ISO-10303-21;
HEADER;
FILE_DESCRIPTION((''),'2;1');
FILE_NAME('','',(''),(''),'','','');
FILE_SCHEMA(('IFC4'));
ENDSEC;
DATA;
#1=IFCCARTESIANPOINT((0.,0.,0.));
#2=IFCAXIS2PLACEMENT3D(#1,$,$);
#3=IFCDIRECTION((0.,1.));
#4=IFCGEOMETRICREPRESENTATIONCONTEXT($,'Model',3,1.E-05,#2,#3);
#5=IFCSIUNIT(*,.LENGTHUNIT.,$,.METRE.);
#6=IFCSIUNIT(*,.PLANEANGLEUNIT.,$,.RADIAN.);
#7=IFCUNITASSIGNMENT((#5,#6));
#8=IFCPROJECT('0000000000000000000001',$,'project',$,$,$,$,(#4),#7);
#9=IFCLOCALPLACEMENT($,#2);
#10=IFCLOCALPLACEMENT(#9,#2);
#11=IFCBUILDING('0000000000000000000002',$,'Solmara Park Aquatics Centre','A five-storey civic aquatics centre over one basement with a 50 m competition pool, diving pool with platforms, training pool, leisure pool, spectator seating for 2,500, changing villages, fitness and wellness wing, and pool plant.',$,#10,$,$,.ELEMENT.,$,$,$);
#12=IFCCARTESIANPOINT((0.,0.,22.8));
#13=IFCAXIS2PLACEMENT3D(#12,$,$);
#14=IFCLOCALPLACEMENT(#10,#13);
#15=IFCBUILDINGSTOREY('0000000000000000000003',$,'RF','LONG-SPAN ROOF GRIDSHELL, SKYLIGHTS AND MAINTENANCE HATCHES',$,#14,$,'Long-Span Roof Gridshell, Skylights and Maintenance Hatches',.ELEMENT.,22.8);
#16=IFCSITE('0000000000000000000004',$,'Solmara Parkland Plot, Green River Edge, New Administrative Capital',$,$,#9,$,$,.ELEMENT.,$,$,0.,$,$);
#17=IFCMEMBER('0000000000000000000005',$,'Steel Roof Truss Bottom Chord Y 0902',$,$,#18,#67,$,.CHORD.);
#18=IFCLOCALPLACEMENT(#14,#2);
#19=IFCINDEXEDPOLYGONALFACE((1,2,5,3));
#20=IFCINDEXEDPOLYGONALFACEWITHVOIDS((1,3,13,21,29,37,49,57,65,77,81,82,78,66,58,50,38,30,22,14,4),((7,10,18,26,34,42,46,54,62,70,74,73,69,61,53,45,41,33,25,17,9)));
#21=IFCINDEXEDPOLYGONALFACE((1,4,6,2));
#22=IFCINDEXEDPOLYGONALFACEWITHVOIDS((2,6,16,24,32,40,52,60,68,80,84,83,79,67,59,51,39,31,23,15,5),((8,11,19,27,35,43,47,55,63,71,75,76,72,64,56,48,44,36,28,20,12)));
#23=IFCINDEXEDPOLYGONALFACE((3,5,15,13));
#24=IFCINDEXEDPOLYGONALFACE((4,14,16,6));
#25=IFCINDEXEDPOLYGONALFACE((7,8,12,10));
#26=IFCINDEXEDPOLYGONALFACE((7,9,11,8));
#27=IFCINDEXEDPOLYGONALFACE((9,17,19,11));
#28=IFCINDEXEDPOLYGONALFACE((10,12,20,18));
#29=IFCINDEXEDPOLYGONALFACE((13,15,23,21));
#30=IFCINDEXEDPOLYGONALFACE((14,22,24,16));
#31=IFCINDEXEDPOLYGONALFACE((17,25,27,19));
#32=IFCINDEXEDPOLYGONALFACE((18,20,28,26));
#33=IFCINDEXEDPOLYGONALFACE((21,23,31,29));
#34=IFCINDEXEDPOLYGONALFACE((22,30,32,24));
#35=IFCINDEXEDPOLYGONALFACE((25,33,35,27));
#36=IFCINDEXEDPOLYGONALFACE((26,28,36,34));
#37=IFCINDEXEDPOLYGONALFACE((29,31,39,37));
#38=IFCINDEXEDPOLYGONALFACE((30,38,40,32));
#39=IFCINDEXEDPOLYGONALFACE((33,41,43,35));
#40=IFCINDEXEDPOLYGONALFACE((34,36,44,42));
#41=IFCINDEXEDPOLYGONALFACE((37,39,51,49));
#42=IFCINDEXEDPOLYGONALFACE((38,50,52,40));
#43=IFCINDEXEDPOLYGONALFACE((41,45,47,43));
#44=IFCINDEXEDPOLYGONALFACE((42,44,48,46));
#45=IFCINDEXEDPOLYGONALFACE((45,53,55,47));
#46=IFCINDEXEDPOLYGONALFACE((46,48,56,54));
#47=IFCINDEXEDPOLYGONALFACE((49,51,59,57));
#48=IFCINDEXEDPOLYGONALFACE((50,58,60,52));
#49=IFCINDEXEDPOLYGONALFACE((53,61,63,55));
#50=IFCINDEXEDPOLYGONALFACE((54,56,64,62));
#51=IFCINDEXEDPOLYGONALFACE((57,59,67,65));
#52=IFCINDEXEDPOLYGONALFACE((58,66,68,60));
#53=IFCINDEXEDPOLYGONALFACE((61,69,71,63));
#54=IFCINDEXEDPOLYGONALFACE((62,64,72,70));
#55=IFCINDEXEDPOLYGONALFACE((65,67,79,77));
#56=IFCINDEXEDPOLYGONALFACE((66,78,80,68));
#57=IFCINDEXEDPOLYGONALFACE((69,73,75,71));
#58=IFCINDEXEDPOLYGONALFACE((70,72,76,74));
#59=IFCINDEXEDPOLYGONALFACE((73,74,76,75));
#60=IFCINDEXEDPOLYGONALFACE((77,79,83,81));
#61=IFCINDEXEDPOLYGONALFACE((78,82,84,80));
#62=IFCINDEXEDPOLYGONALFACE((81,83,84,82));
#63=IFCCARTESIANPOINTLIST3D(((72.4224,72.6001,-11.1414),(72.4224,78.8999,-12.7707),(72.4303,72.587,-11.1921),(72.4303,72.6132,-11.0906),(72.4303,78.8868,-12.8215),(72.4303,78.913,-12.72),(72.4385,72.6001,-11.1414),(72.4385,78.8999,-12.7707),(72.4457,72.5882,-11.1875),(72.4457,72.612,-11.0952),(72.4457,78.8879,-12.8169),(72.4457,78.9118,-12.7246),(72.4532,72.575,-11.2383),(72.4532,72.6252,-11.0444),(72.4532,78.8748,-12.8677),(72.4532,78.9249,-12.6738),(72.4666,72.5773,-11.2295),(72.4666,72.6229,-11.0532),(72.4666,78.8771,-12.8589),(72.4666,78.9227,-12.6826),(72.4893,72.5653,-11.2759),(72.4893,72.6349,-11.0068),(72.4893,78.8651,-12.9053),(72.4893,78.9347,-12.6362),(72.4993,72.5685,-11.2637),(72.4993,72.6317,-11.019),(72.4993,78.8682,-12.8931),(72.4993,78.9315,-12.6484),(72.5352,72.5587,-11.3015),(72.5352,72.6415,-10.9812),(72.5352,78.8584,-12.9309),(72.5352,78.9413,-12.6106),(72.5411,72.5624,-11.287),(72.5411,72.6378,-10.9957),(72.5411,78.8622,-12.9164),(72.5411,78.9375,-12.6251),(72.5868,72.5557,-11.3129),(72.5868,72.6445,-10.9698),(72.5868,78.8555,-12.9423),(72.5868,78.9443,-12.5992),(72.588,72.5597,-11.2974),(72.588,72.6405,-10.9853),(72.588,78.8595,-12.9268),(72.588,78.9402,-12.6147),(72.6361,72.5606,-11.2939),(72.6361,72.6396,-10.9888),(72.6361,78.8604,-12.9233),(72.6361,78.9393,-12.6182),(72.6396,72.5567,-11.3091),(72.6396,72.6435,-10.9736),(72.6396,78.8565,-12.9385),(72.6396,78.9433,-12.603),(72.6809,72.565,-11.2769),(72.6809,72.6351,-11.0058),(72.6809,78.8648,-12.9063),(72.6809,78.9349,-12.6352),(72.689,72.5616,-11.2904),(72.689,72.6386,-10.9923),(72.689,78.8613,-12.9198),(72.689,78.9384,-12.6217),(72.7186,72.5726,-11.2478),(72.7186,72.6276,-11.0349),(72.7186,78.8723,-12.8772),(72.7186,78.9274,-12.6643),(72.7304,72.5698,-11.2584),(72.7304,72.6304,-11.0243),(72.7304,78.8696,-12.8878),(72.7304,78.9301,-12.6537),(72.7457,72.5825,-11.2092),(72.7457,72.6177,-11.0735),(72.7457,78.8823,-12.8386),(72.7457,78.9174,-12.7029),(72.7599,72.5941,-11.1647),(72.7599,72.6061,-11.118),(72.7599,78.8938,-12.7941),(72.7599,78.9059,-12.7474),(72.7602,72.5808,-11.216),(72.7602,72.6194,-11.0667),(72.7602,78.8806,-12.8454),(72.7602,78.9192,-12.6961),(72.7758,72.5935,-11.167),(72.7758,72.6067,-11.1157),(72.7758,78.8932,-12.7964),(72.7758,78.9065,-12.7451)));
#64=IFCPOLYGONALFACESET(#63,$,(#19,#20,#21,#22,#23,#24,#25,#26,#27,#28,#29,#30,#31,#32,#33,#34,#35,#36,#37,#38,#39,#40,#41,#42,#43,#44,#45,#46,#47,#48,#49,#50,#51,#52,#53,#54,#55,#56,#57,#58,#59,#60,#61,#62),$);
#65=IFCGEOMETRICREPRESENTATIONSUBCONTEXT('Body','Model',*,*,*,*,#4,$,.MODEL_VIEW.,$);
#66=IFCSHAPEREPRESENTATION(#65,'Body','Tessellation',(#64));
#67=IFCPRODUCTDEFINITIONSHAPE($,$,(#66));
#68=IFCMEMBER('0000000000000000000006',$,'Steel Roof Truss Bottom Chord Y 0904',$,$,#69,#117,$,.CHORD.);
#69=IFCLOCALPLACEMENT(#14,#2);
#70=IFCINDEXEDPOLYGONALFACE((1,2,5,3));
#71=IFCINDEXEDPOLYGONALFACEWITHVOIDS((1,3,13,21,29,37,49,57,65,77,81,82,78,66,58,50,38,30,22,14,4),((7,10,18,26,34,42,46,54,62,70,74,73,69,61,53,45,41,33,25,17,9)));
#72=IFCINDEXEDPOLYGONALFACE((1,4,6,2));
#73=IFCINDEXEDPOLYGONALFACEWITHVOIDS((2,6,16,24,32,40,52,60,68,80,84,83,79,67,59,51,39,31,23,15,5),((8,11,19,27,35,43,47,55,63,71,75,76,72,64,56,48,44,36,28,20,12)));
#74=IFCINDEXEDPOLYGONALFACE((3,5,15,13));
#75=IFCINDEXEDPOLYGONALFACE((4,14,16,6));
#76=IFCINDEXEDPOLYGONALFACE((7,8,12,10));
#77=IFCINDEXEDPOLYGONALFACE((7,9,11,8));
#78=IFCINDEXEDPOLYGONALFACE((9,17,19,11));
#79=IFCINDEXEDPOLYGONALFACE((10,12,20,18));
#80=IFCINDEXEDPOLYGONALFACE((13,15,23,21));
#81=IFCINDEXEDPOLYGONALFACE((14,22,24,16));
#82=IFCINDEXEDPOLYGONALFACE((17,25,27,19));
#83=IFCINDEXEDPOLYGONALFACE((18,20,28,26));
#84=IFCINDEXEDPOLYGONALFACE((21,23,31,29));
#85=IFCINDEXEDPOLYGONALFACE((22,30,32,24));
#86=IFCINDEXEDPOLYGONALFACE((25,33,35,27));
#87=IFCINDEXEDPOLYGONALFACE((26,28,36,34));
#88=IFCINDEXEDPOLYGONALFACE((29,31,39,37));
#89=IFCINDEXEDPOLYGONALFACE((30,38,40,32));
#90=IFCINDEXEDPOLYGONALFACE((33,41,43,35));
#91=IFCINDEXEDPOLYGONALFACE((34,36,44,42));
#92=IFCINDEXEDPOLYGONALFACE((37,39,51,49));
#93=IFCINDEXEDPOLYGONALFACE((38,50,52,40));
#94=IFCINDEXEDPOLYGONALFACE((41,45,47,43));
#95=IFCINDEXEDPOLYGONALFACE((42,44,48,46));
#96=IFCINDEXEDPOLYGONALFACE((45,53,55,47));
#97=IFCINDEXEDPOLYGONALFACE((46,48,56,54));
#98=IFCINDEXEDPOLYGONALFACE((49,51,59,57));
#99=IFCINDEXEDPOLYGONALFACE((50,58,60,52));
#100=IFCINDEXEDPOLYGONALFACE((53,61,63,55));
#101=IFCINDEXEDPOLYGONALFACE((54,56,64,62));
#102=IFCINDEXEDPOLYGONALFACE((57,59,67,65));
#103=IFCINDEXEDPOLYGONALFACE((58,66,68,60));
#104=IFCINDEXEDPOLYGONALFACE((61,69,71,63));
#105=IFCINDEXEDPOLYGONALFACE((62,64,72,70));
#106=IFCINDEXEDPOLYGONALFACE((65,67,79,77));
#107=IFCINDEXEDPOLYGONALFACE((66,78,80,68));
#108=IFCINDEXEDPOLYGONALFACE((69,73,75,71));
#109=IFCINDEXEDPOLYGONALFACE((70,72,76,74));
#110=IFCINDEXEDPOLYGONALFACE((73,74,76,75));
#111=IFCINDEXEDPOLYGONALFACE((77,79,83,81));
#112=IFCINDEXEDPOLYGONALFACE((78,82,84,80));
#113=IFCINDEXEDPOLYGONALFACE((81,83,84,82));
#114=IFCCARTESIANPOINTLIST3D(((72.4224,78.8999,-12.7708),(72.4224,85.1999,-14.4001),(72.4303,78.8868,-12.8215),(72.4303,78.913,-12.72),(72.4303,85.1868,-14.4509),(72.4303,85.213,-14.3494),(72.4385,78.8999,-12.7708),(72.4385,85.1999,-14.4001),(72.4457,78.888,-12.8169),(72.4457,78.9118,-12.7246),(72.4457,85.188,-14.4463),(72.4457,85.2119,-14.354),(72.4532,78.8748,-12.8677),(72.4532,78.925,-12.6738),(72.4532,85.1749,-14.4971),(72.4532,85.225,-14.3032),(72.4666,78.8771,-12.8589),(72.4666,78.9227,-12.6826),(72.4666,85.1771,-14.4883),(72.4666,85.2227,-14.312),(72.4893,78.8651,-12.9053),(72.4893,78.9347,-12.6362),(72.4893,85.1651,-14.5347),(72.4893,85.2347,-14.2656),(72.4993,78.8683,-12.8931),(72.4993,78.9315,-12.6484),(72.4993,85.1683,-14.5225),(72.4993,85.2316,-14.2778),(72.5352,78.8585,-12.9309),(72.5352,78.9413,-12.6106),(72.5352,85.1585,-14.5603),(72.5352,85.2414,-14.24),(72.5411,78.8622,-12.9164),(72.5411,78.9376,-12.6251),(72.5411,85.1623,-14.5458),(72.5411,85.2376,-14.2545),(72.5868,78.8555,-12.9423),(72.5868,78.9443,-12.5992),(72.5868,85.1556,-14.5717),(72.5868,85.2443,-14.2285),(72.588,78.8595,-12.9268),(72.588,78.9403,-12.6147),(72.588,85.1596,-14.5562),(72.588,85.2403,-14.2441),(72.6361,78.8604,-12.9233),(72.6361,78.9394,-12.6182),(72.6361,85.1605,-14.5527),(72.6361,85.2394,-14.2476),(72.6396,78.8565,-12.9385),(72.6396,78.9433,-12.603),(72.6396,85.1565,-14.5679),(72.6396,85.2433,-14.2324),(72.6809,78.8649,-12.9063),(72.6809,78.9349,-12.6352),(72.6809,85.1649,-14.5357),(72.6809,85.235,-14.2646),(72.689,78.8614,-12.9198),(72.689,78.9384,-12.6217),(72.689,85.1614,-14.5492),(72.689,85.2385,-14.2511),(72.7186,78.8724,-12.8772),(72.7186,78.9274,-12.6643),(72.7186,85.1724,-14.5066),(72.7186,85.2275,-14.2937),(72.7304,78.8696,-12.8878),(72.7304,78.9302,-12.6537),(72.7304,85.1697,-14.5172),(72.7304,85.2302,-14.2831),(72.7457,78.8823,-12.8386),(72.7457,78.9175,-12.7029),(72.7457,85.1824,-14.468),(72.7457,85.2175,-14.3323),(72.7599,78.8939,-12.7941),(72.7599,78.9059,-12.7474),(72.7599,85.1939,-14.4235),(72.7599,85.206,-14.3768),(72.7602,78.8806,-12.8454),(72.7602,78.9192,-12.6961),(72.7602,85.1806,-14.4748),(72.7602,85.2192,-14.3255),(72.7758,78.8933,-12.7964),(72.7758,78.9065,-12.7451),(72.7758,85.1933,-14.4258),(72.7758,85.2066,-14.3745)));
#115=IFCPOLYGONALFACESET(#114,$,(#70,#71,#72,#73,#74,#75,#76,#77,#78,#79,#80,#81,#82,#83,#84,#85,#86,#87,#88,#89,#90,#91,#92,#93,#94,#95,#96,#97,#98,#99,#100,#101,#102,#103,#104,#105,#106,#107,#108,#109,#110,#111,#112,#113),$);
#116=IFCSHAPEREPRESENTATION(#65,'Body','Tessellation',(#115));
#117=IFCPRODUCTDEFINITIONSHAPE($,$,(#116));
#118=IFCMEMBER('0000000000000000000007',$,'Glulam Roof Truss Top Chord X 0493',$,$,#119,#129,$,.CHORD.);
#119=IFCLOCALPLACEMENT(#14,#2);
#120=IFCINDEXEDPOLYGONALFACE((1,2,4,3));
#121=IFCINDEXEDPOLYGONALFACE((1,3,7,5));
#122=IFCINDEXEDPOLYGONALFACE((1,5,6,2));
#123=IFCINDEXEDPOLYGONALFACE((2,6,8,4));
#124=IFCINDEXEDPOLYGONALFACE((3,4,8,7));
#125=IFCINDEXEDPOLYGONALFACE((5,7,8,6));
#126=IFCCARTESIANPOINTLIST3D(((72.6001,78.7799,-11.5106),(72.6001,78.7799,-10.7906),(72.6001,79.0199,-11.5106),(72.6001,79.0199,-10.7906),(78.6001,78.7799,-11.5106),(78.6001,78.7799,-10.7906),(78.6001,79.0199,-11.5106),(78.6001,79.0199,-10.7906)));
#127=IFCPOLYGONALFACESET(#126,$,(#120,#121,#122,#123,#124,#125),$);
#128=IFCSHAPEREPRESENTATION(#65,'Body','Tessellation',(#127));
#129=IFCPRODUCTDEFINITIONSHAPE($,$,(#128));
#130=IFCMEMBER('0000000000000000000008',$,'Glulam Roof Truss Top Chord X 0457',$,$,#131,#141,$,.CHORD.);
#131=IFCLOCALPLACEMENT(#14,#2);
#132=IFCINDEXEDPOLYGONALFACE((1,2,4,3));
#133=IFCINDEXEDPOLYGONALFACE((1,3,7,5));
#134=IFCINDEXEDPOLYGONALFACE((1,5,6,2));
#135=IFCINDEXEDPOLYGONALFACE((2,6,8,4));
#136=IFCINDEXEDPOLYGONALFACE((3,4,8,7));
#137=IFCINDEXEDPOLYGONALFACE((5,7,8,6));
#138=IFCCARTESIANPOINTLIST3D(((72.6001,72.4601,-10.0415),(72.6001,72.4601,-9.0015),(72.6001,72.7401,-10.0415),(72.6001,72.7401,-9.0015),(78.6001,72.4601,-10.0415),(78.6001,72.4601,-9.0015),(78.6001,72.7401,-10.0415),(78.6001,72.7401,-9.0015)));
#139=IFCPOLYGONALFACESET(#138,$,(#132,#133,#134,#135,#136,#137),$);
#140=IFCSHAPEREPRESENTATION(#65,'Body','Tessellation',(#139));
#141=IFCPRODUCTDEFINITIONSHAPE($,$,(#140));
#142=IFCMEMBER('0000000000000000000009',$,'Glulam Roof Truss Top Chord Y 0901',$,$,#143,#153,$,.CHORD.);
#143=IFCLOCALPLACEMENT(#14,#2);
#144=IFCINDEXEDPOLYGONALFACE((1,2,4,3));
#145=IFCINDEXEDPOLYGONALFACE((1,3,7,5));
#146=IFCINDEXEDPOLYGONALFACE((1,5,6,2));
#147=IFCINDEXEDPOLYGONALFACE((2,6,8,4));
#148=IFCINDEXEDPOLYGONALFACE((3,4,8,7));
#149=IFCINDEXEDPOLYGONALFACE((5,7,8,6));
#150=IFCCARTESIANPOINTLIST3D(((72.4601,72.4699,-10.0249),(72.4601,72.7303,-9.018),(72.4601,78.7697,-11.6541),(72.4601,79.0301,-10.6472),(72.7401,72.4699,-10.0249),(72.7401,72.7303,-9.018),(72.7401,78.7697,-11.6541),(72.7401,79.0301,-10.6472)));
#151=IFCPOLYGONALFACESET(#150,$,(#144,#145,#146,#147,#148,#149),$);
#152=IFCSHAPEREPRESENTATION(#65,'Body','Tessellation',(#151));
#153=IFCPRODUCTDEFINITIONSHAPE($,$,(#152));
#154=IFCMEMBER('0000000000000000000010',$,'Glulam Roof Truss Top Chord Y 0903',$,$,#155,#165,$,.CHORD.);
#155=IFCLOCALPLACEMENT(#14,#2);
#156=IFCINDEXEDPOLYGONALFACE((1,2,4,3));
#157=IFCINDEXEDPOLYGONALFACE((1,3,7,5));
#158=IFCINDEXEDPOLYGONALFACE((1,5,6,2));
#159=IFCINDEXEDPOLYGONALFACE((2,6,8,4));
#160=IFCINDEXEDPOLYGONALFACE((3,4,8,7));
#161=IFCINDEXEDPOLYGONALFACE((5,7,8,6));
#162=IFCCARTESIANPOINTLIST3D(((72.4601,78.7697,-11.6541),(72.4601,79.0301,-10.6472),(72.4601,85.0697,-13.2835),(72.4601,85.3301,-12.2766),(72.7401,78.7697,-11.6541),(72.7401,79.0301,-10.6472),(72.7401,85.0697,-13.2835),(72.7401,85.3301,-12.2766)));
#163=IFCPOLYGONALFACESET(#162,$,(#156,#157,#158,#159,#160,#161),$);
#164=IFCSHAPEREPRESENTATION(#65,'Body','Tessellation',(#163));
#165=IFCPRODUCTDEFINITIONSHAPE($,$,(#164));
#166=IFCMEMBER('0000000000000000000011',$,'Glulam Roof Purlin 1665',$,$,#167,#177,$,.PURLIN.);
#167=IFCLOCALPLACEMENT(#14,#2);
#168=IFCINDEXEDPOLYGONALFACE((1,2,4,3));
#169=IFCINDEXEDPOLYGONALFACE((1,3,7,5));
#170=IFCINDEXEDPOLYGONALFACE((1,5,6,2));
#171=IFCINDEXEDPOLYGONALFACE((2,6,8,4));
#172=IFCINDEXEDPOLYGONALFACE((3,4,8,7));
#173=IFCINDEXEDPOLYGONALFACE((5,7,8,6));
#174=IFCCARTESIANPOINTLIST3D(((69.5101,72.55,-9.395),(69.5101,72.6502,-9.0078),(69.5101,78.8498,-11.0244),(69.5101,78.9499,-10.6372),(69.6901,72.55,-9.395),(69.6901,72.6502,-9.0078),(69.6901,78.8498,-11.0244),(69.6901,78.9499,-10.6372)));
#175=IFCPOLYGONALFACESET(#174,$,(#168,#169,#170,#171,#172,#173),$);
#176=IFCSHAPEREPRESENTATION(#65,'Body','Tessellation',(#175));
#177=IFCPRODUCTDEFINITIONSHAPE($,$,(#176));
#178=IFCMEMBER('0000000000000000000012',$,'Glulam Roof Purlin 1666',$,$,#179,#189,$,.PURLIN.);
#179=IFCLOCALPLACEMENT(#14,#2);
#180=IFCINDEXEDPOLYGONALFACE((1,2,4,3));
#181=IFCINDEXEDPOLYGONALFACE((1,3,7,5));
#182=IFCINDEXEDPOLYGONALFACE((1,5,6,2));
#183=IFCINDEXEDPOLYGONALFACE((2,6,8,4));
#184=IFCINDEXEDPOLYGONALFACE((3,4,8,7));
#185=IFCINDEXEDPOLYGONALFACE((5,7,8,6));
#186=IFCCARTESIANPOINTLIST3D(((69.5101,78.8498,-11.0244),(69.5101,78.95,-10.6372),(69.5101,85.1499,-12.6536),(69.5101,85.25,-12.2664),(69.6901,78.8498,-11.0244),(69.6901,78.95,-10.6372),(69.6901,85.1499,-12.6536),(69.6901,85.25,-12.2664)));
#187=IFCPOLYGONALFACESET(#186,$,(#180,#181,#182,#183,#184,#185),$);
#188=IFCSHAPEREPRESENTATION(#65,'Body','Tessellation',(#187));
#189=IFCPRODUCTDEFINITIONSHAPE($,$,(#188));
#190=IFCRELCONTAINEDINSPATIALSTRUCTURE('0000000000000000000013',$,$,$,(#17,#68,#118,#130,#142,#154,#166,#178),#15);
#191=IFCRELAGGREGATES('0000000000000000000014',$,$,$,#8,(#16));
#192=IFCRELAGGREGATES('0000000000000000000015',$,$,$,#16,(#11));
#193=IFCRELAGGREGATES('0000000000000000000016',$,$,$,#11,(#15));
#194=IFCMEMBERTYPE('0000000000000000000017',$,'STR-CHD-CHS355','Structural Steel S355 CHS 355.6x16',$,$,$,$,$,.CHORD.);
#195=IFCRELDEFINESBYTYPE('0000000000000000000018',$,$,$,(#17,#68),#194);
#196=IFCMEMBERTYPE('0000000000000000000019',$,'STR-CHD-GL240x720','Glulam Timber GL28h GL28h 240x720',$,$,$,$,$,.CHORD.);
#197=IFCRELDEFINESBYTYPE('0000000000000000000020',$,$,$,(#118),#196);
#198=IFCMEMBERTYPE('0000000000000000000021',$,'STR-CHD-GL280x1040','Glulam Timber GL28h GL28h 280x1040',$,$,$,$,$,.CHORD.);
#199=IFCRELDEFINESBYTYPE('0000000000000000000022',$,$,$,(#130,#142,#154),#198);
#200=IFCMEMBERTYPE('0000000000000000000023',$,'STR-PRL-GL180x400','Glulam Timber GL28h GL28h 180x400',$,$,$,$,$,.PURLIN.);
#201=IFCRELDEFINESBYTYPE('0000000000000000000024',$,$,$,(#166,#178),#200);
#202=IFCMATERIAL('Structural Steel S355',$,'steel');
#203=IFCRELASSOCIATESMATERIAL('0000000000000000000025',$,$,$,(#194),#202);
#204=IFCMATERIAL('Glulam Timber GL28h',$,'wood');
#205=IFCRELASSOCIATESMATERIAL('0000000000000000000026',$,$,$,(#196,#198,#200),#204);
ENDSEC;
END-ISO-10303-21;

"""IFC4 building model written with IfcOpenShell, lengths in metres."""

from ifc_helpers import new_model, si_unit, direction, frame, origin, origin_2d, place, context, subcontext, project, spatial, rectangle, hollow_circle, extrude, material, material_profile, profile_set, type_object, element, save


model = new_model("IFC4")

# Units and contexts
model_context = context("Model", 3, precision=1e-05, world=origin(), true_north=direction((0.0, 1.0)))
body_context = subcontext(model_context, "Body", "Model", "MODEL_VIEW")
ifc_project = project(units=[si_unit("LENGTHUNIT", "METRE"), si_unit("PLANEANGLEUNIT", "RADIAN")], contexts=[model_context])

# Site, building, storey
site_placement = place(None, origin())
site = spatial("IfcSite", under=ifc_project, at=site_placement, Name="Solmara Parkland Plot, Green River Edge, New Administrative Capital", CompositionType="ELEMENT", RefElevation=0.0)
building_placement = place(site_placement, origin())
building = spatial("IfcBuilding", under=site, at=building_placement, Name="Solmara Park Aquatics Centre", Description="A five-storey civic aquatics centre over one basement with a 50 m competition pool, diving pool with platforms, training pool, leisure pool, spectator seating for 2,500, changing villages, fitness and wellness wing, and pool plant.", CompositionType="ELEMENT")
storey_placement = place(building_placement, frame((0.0, 0.0, 22.8)))
storey = spatial("IfcBuildingStorey", under=building, at=storey_placement, Name="RF", Description="LONG-SPAN ROOF GRIDSHELL, SKYLIGHTS AND MAINTENANCE HATCHES", LongName="Long-Span Roof Gridshell, Skylights and Maintenance Hatches", CompositionType="ELEMENT", Elevation=22.8)

# Members
ifc_material_1 = material(Name="Structural Steel S355", Category="steel")
ifc_material_profile_1 = material_profile(ifc_material_1, hollow_circle(Radius=0.1777, WallThickness=0.0161, at=origin_2d()), Name="CHS 355.6x16")
ifc_profile_set_1 = profile_set([ifc_material_profile_1], Name="Structural Steel S355")
member_type_1 = type_object("IfcMemberType", Name="STR-CHD-CHS355", Description="Structural Steel S355 CHS 355.6x16", PredefinedType="CHORD", material=ifc_profile_set_1)
member_1_placement = place(storey_placement, frame((72.6001, 72.6001, -11.1414), z_axis=(0.0, 0.968142, -0.250402), x_axis=(-1.0, 0.0, 0.0)))
element("IfcMember", 1, at=member_1_placement, inside=storey, type_object=member_type_1, Name="Steel Roof Truss Bottom Chord Y 0902", PredefinedType="CHORD", context=body_context, shape_type="SweptSolid", body=[
    extrude(hollow_circle(Radius=0.1777, WallThickness=0.0161, at=origin_2d()), origin(), (0.0, 0.0, 1.0), 6.5071),
])
member_2_placement = place(storey_placement, frame((72.6001, 78.8999, -12.7708), z_axis=(0.0, 0.968144, -0.250393), x_axis=(-1.0, 0.0, 0.0)))
element("IfcMember", 2, at=member_2_placement, inside=storey, type_object=member_type_1, Name="Steel Roof Truss Bottom Chord Y 0904", PredefinedType="CHORD", context=body_context, shape_type="SweptSolid", body=[
    extrude(hollow_circle(Radius=0.1777, WallThickness=0.0161, at=origin_2d()), origin(), (0.0, 0.0, 1.0), 6.5073),
])
ifc_material_2 = material(Name="Glulam Timber GL28h", Category="wood")
ifc_material_profile_2 = material_profile(ifc_material_2, rectangle(XDim=0.24, YDim=0.72, at=origin_2d()), Name="GL28h 240x720")
ifc_profile_set_2 = profile_set([ifc_material_profile_2], Name="Glulam Timber GL28h")
member_type_2 = type_object("IfcMemberType", Name="STR-CHD-GL240x720", Description="Glulam Timber GL28h GL28h 240x720", PredefinedType="CHORD", material=ifc_profile_set_2)
member_3_placement = place(storey_placement, frame((72.6001, 78.8999, -11.1506), z_axis=(1.0, 0.0, 0.0), x_axis=(0.0, 1.0, 0.0)))
element("IfcMember", 3, at=member_3_placement, inside=storey, type_object=member_type_2, Name="Glulam Roof Truss Top Chord X 0493", PredefinedType="CHORD", context=body_context, shape_type="SweptSolid", body=[
    extrude(rectangle(XDim=0.24, YDim=0.72, at=origin_2d()), origin(), (0.0, 0.0, 1.0), 6.0),
])
ifc_material_profile_3 = material_profile(ifc_material_2, rectangle(XDim=0.28, YDim=1.04, at=origin_2d()), Name="GL28h 280x1040")
ifc_profile_set_3 = profile_set([ifc_material_profile_3], Name="Glulam Timber GL28h")
member_type_3 = type_object("IfcMemberType", Name="STR-CHD-GL280x1040", Description="Glulam Timber GL28h GL28h 280x1040", PredefinedType="CHORD", material=ifc_profile_set_3)
member_4_placement = place(storey_placement, frame((72.6001, 72.6001, -9.5215), z_axis=(1.0, 0.0, 0.0), x_axis=(0.0, 1.0, 0.0)))
element("IfcMember", 4, at=member_4_placement, inside=storey, type_object=member_type_3, Name="Glulam Roof Truss Top Chord X 0457", PredefinedType="CHORD", context=body_context, shape_type="SweptSolid", body=[
    extrude(rectangle(XDim=0.28, YDim=1.04, at=origin_2d()), origin(), (0.0, 0.0, 1.0), 6.0),
])
member_5_placement = place(storey_placement, frame((72.6001, 72.6001, -9.5215), z_axis=(0.0, 0.968151, -0.250367), x_axis=(-1.0, 0.0, 0.0)))
element("IfcMember", 5, at=member_5_placement, inside=storey, type_object=member_type_3, Name="Glulam Roof Truss Top Chord Y 0901", PredefinedType="CHORD", context=body_context, shape_type="SweptSolid", body=[
    extrude(rectangle(XDim=0.28, YDim=1.04, at=origin_2d()), origin(), (0.0, 0.0, 1.0), 6.5071),
])
member_6_placement = place(storey_placement, frame((72.6001, 78.8999, -11.1506), z_axis=(0.0, 0.968144, -0.250393), x_axis=(-1.0, 0.0, 0.0)))
element("IfcMember", 6, at=member_6_placement, inside=storey, type_object=member_type_3, Name="Glulam Roof Truss Top Chord Y 0903", PredefinedType="CHORD", context=body_context, shape_type="SweptSolid", body=[
    extrude(rectangle(XDim=0.28, YDim=1.04, at=origin_2d()), origin(), (0.0, 0.0, 1.0), 6.5073),
])
ifc_material_profile_4 = material_profile(ifc_material_2, rectangle(XDim=0.1799, YDim=0.3999, at=origin_2d()), Name="GL28h 180x400")
ifc_profile_set_4 = profile_set([ifc_material_profile_4], Name="Glulam Timber GL28h")
member_type_4 = type_object("IfcMemberType", Name="STR-PRL-GL180x400", Description="Glulam Timber GL28h GL28h 180x400", PredefinedType="PURLIN", material=ifc_profile_set_4)
member_7_placement = place(storey_placement, frame((69.6001, 72.6001, -9.2014), z_axis=(0.0, 0.968142, -0.250402), x_axis=(-1.0, 0.0, 0.0)))
element("IfcMember", 7, at=member_7_placement, inside=storey, type_object=member_type_4, Name="Glulam Roof Purlin 1665", PredefinedType="PURLIN", context=body_context, shape_type="SweptSolid", body=[
    extrude(rectangle(XDim=0.1799, YDim=0.3999, at=origin_2d()), origin(), (0.0, 0.0, 1.0), 6.5071),
])
member_8_placement = place(storey_placement, frame((69.6001, 78.8999, -10.8308), z_axis=(0.0, 0.968153, -0.250358), x_axis=(-1.0, 0.0, 0.0)))
element("IfcMember", 8, at=member_8_placement, inside=storey, type_object=member_type_4, Name="Glulam Roof Purlin 1666", PredefinedType="PURLIN", context=body_context, shape_type="SweptSolid", body=[
    extrude(rectangle(XDim=0.1799, YDim=0.3999, at=origin_2d()), origin(), (0.0, 0.0, 1.0), 6.5073),
])

save(model, "model.ifc")
